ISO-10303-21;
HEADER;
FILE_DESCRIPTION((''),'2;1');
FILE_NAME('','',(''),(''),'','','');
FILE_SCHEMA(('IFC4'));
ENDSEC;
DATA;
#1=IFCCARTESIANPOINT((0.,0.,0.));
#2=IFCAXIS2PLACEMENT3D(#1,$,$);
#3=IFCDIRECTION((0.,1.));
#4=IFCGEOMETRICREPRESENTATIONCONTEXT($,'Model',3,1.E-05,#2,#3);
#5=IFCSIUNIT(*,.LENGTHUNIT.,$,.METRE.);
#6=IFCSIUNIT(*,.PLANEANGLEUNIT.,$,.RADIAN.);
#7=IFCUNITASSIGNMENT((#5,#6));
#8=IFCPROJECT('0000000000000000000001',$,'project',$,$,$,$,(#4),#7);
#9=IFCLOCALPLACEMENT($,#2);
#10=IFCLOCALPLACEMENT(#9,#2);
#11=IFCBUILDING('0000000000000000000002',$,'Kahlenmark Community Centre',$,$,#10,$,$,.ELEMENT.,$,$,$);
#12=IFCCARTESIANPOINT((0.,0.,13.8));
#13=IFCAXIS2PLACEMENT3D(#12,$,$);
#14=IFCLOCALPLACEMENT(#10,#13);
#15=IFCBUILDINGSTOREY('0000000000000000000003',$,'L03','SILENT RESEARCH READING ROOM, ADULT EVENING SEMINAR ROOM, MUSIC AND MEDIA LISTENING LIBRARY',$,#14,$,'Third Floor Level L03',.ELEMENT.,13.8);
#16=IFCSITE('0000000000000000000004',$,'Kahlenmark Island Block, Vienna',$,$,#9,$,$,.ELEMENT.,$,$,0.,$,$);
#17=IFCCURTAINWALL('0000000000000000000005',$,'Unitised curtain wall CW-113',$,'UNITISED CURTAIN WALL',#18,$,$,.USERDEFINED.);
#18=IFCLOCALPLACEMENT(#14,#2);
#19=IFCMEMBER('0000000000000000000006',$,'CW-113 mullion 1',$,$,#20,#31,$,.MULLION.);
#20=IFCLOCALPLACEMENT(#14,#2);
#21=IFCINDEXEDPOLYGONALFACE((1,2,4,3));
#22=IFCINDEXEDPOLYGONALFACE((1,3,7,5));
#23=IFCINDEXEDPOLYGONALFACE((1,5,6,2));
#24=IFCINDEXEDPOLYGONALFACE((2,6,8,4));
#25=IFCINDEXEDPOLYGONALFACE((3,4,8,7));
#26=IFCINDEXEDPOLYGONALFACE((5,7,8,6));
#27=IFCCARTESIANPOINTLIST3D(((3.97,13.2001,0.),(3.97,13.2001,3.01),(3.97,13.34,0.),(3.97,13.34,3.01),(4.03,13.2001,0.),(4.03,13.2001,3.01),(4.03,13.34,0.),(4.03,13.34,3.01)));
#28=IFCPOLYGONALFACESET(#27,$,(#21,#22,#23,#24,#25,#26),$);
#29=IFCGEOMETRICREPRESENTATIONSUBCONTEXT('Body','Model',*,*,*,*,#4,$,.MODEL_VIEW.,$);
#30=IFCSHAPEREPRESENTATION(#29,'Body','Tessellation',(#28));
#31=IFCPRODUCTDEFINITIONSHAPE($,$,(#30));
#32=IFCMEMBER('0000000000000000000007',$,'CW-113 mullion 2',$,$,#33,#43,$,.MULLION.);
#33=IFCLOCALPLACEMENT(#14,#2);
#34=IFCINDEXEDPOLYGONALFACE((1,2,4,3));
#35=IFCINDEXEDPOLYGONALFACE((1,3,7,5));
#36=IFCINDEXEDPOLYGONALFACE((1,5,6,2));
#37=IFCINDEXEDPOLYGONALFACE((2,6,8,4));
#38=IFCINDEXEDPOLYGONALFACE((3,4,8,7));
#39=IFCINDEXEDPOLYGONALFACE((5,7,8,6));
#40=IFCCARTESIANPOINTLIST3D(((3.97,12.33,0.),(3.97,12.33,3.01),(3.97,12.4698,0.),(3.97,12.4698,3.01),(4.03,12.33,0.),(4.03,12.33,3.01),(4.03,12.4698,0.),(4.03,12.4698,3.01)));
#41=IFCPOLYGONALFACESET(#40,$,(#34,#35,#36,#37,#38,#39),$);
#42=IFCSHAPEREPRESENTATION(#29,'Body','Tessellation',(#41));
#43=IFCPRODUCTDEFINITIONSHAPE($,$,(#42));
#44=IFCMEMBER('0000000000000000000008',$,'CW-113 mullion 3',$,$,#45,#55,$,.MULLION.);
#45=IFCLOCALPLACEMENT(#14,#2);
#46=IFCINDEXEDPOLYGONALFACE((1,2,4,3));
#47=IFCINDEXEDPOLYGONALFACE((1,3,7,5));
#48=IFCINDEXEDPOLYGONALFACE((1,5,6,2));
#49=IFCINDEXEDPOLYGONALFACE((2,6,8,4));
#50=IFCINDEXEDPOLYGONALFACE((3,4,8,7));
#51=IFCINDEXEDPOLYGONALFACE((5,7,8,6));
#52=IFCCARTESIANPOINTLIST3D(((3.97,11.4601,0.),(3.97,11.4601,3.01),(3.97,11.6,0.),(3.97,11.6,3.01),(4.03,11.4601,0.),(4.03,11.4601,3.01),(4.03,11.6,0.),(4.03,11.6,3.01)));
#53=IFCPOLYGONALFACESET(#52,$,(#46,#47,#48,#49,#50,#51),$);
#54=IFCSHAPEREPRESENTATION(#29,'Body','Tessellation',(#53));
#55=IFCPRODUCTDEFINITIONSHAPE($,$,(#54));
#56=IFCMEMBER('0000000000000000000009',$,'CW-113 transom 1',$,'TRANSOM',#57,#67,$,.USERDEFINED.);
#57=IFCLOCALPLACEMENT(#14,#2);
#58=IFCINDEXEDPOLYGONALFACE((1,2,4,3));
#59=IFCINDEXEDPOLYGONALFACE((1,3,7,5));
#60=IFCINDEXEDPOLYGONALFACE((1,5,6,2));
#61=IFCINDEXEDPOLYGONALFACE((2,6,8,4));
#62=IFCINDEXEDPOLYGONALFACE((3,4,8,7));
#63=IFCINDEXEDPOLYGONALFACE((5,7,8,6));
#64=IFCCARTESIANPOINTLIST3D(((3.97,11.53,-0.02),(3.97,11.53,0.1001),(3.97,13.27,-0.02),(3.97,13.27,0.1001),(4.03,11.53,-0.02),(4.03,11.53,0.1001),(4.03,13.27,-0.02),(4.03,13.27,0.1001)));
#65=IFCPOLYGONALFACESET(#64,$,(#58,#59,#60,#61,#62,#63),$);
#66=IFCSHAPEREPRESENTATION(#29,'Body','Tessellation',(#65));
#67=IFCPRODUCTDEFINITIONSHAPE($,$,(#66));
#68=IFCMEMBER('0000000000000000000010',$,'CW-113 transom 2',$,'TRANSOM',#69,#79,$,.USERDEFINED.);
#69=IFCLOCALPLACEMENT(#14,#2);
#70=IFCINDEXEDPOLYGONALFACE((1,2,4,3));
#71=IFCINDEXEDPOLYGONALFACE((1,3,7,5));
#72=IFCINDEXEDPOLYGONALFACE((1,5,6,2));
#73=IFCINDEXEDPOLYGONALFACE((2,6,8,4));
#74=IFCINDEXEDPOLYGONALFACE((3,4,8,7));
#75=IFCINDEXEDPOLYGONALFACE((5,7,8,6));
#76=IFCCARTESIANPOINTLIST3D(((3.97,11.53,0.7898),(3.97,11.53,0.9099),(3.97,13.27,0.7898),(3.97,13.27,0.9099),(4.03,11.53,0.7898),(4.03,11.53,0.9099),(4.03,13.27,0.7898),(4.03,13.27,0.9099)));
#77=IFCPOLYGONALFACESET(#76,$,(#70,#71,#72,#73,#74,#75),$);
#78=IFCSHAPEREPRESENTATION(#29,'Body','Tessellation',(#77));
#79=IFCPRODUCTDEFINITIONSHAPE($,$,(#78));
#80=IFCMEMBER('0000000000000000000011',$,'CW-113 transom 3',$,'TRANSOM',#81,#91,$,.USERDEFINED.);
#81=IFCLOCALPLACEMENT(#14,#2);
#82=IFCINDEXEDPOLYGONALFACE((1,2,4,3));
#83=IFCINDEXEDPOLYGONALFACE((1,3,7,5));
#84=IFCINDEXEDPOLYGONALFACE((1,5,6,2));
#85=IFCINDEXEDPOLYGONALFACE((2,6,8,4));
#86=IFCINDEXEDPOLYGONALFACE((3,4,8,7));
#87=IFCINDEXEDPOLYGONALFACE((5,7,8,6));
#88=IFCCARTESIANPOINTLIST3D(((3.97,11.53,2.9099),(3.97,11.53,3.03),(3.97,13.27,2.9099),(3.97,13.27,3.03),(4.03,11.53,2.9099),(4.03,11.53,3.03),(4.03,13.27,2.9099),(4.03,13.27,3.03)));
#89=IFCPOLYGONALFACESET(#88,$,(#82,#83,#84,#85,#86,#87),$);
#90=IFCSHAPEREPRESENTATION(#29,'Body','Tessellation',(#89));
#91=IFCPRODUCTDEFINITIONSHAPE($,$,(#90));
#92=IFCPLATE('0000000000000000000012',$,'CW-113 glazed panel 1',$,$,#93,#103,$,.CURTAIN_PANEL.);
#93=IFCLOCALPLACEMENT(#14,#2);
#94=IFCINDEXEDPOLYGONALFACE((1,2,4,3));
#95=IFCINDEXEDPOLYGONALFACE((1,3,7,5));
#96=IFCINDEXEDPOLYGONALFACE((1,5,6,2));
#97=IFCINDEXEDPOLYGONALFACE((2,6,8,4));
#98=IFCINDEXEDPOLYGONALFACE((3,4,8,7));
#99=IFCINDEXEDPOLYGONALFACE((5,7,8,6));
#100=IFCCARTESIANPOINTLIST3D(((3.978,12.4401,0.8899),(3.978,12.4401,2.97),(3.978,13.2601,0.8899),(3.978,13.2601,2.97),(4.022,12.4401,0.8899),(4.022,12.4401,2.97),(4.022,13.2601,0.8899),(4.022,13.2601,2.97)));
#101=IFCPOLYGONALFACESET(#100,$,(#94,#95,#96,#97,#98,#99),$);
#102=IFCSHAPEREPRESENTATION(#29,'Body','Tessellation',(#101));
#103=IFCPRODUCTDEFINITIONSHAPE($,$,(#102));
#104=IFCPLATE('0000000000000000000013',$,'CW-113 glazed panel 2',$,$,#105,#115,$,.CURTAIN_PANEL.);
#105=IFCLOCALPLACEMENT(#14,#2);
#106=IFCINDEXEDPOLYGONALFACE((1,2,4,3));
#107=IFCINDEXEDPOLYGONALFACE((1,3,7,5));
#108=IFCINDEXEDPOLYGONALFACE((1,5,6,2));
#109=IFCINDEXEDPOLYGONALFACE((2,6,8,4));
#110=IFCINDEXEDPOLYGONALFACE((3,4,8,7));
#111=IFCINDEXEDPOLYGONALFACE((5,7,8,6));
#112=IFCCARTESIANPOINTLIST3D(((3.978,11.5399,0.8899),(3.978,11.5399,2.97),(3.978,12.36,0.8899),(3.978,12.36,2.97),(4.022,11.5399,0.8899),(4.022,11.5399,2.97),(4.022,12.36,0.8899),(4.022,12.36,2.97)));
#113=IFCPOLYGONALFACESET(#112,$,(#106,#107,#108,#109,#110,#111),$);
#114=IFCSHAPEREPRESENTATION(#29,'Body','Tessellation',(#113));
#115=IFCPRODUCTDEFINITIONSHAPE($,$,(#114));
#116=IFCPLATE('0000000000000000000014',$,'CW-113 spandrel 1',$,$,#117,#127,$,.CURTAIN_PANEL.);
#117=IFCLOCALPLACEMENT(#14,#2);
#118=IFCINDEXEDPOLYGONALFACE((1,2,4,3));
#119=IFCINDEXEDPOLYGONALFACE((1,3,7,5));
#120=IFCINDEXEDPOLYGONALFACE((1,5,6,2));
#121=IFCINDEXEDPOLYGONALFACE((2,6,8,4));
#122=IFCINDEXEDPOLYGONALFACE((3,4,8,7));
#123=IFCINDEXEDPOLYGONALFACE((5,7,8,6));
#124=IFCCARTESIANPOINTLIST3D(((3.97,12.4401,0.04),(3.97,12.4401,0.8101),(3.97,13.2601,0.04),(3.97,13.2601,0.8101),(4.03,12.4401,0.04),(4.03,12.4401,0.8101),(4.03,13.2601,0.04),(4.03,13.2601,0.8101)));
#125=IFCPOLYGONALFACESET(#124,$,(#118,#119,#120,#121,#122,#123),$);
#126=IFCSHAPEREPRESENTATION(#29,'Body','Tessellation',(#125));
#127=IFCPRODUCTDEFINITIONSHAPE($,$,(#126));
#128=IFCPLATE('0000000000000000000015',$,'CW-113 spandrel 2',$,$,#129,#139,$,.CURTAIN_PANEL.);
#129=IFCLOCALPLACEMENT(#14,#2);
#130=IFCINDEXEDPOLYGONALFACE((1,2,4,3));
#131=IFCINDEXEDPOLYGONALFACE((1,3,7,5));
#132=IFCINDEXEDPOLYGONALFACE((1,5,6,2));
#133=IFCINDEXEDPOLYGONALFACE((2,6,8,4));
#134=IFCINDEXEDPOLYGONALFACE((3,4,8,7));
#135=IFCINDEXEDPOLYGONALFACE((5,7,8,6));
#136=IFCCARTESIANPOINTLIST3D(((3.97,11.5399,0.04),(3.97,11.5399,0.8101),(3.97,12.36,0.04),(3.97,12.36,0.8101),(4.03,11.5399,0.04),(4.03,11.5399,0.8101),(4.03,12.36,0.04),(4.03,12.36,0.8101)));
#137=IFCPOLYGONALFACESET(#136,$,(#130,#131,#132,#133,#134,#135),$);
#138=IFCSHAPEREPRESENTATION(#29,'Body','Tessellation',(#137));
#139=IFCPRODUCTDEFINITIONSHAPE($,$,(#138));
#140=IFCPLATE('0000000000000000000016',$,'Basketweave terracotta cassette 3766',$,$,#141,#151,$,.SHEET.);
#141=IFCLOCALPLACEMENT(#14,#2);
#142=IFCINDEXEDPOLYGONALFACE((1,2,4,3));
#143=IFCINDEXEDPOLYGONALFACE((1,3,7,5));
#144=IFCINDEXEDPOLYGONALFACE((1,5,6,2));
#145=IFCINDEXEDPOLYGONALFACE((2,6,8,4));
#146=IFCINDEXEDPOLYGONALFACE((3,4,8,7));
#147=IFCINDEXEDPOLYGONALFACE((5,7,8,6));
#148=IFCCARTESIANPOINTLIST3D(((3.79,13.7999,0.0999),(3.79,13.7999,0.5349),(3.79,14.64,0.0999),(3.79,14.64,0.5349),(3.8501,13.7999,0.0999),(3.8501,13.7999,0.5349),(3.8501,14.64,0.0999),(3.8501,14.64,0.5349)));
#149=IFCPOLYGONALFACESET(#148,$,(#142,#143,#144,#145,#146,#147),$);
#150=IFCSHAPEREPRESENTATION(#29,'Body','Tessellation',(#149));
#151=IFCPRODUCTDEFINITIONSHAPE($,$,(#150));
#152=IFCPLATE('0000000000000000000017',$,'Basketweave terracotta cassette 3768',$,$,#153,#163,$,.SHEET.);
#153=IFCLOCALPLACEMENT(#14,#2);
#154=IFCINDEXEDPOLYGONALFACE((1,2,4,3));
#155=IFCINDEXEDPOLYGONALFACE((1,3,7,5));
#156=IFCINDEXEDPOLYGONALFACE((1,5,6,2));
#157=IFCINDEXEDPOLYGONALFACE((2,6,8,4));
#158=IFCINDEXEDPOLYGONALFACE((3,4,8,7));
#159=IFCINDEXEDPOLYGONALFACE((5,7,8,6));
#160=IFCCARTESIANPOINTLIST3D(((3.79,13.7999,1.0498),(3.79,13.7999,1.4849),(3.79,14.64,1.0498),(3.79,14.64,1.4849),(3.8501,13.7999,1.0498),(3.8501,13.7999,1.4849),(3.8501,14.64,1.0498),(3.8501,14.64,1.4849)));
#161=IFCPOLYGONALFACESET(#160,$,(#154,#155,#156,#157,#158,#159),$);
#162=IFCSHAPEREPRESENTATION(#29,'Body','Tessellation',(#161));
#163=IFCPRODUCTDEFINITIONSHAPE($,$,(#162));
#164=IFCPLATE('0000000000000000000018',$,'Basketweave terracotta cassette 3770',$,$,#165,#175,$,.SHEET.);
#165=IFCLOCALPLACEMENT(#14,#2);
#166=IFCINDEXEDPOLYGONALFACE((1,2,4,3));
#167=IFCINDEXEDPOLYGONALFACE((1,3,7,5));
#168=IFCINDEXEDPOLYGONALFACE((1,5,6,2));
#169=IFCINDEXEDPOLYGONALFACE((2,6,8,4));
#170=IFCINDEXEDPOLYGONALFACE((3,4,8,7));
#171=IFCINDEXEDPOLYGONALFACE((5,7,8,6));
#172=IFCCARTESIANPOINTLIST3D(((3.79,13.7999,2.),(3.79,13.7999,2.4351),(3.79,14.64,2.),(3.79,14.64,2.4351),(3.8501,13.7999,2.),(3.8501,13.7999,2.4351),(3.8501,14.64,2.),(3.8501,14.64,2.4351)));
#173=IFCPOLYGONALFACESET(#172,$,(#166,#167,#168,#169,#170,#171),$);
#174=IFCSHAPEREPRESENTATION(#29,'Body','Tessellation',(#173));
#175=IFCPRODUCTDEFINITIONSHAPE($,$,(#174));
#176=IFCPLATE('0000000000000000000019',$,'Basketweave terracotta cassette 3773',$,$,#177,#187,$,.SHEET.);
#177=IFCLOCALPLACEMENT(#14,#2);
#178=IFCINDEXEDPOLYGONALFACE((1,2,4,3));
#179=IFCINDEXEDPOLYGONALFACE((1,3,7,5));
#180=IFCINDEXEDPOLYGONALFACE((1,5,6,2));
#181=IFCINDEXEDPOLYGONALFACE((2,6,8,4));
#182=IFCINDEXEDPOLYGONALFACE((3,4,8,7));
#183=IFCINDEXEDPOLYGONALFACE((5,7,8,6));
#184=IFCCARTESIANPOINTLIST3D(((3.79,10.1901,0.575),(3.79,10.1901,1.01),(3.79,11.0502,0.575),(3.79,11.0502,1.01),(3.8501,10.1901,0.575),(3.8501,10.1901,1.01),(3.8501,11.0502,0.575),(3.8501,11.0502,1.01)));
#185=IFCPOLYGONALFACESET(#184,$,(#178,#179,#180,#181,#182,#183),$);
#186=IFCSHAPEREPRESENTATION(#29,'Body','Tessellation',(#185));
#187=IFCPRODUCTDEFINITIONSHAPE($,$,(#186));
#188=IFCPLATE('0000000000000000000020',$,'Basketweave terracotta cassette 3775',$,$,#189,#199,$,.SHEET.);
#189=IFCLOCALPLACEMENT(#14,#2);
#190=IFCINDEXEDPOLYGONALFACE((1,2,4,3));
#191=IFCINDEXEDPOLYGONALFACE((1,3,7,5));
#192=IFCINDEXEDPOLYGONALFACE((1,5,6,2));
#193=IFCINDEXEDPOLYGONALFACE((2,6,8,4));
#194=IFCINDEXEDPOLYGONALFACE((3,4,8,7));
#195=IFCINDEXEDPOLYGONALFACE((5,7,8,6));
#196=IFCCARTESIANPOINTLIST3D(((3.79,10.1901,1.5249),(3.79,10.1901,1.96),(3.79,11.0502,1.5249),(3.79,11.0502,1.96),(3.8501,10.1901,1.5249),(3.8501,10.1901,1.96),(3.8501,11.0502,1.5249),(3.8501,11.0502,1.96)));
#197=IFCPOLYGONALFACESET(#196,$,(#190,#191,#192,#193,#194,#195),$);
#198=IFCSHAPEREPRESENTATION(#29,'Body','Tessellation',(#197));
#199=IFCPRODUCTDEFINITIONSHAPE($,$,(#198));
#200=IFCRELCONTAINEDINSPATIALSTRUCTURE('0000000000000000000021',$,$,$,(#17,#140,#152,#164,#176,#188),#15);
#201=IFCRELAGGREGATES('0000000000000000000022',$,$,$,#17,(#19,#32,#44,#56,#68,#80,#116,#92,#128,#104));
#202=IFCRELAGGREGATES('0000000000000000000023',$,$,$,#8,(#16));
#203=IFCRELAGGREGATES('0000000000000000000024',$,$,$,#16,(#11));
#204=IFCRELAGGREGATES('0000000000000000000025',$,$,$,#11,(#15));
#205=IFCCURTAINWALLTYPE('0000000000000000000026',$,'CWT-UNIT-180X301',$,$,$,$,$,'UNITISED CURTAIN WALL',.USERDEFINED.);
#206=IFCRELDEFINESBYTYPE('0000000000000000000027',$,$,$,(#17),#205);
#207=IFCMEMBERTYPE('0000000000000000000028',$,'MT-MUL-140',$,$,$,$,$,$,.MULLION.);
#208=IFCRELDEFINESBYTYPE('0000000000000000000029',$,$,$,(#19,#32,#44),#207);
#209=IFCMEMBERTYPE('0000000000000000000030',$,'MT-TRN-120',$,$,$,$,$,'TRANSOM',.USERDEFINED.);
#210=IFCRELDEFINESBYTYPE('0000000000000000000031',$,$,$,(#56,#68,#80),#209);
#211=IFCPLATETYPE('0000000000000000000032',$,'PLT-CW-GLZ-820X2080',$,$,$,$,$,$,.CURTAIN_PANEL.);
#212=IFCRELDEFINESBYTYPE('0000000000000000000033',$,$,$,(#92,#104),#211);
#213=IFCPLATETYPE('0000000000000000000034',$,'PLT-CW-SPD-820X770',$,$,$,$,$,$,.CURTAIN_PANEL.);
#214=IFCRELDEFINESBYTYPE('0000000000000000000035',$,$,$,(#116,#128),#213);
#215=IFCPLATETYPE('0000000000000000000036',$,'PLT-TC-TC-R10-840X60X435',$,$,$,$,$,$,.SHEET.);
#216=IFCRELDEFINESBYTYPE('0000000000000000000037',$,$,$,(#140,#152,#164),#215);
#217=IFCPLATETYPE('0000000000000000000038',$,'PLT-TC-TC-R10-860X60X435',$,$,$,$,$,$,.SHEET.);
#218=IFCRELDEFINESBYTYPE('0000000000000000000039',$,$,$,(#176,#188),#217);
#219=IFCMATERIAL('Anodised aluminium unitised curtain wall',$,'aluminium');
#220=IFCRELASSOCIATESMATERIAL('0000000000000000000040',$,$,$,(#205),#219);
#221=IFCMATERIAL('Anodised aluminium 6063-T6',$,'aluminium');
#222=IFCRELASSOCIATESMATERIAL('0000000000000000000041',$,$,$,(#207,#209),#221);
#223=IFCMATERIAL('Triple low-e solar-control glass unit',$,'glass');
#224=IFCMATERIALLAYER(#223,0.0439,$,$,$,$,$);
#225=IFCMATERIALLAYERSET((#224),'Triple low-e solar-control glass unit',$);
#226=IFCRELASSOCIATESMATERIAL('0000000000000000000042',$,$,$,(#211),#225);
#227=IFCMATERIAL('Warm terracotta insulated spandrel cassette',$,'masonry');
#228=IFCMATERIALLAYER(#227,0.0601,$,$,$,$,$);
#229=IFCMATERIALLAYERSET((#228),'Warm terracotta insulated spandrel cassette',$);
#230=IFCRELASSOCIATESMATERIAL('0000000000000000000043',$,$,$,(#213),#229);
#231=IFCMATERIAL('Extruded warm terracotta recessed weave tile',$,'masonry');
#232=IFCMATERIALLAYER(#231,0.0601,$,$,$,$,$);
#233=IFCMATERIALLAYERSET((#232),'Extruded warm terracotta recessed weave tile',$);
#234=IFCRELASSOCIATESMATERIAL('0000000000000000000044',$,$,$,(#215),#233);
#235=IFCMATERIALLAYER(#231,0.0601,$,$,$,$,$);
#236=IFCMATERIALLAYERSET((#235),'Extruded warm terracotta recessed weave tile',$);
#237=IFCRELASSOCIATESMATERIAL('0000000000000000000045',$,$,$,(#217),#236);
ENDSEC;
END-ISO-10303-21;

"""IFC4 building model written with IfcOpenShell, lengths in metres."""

from ifc_helpers import new_model, si_unit, direction, frame, origin, origin_2d, place, context, subcontext, project, spatial, rectangle, extrude, material, layer, layer_set, material_profile, profile_set, type_object, element, aggregate, save


model = new_model("IFC4")

# Units and contexts
model_context = context("Model", 3, precision=1e-05, world=origin(), true_north=direction((0.0, 1.0)))
body_context = subcontext(model_context, "Body", "Model", "MODEL_VIEW")
ifc_project = project(units=[si_unit("LENGTHUNIT", "METRE"), si_unit("PLANEANGLEUNIT", "RADIAN")], contexts=[model_context])

# Site, building, storey
site_placement = place(None, origin())
site = spatial("IfcSite", under=ifc_project, at=site_placement, Name="Kahlenmark Island Block, Vienna", CompositionType="ELEMENT", RefElevation=0.0)
building_placement = place(site_placement, origin())
building = spatial("IfcBuilding", under=site, at=building_placement, Name="Kahlenmark Community Centre", CompositionType="ELEMENT")
storey_placement = place(building_placement, frame((0.0, 0.0, 13.8)))
storey = spatial("IfcBuildingStorey", under=building, at=storey_placement, Name="L03", Description="SILENT RESEARCH READING ROOM, ADULT EVENING SEMINAR ROOM, MUSIC AND MEDIA LISTENING LIBRARY", LongName="Third Floor Level L03", CompositionType="ELEMENT", Elevation=13.8)

# Curtain wall, members, plates
ifc_material_1 = material(Name="Anodised aluminium unitised curtain wall", Category="aluminium")
curtain_wall_type = type_object("IfcCurtainWallType", Name="CWT-UNIT-180X301", ElementType="UNITISED CURTAIN WALL", PredefinedType="USERDEFINED", material=ifc_material_1)
curtain_wall_placement = place(storey_placement, origin())
curtain_wall = element("IfcCurtainWall", 1, at=curtain_wall_placement, inside=storey, type_object=curtain_wall_type, Name="Unitised curtain wall CW-113", ObjectType="UNITISED CURTAIN WALL", PredefinedType="USERDEFINED")
ifc_material_2 = material(Name="Anodised aluminium 6063-T6", Category="aluminium")
ifc_material_profile_1 = material_profile(ifc_material_2, rectangle(XDim=0.0601, YDim=0.1399, at=origin_2d()), Name="ALU MULLION 60x140")
ifc_profile_set_1 = profile_set([ifc_material_profile_1], Name="Anodised aluminium 6063-T6")
member_type_1 = type_object("IfcMemberType", Name="MT-MUL-140", PredefinedType="MULLION", material=ifc_profile_set_1)
member_1_placement = place(storey_placement, frame((4.0, 13.27, 0.0), z_axis=(0.0, 0.0, 1.0), x_axis=(1.0, 0.0, 0.0)))
member_1 = element("IfcMember", 2, at=member_1_placement, type_object=member_type_1, Name="CW-113 mullion 1", PredefinedType="MULLION", context=body_context, shape_type="SweptSolid", body=[
    extrude(rectangle(XDim=0.0601, YDim=0.1399, at=origin_2d()), origin(), (0.0, 0.0, 1.0), 3.01),
])
member_2_placement = place(storey_placement, frame((4.0, 12.3999, 0.0), z_axis=(0.0, 0.0, 1.0), x_axis=(1.0, 0.0, 0.0)))
member_2 = element("IfcMember", 3, at=member_2_placement, type_object=member_type_1, Name="CW-113 mullion 2", PredefinedType="MULLION", context=body_context, shape_type="SweptSolid", body=[
    extrude(rectangle(XDim=0.0601, YDim=0.1399, at=origin_2d()), origin(), (0.0, 0.0, 1.0), 3.01),
])
member_3_placement = place(storey_placement, frame((4.0, 11.53, 0.0), z_axis=(0.0, 0.0, 1.0), x_axis=(1.0, 0.0, 0.0)))
member_3 = element("IfcMember", 4, at=member_3_placement, type_object=member_type_1, Name="CW-113 mullion 3", PredefinedType="MULLION", context=body_context, shape_type="SweptSolid", body=[
    extrude(rectangle(XDim=0.0601, YDim=0.1399, at=origin_2d()), origin(), (0.0, 0.0, 1.0), 3.01),
])
ifc_material_profile_2 = material_profile(ifc_material_2, rectangle(XDim=0.0601, YDim=0.1201, at=origin_2d()), Name="ALU TRANSOM 60x120")
ifc_profile_set_2 = profile_set([ifc_material_profile_2], Name="Anodised aluminium 6063-T6")
member_type_2 = type_object("IfcMemberType", Name="MT-TRN-120", ElementType="TRANSOM", PredefinedType="USERDEFINED", material=ifc_profile_set_2)
member_4_placement = place(storey_placement, frame((4.0, 13.27, 0.04), z_axis=(0.0, -1.0, 0.0), x_axis=(1.0, 0.0, 0.0)))
member_4 = element("IfcMember", 5, at=member_4_placement, type_object=member_type_2, Name="CW-113 transom 1", ObjectType="TRANSOM", PredefinedType="USERDEFINED", context=body_context, shape_type="SweptSolid", body=[
    extrude(rectangle(XDim=0.0601, YDim=0.1201, at=origin_2d()), origin(), (0.0, 0.0, 1.0), 1.74),
])
member_5_placement = place(storey_placement, frame((4.0, 13.27, 0.8499), z_axis=(0.0, -1.0, 0.0), x_axis=(1.0, 0.0, 0.0)))
member_5 = element("IfcMember", 6, at=member_5_placement, type_object=member_type_2, Name="CW-113 transom 2", ObjectType="TRANSOM", PredefinedType="USERDEFINED", context=body_context, shape_type="SweptSolid", body=[
    extrude(rectangle(XDim=0.0601, YDim=0.1201, at=origin_2d()), origin(), (0.0, 0.0, 1.0), 1.74),
])
member_6_placement = place(storey_placement, frame((4.0, 13.27, 2.97), z_axis=(0.0, -1.0, 0.0), x_axis=(1.0, 0.0, 0.0)))
member_6 = element("IfcMember", 7, at=member_6_placement, type_object=member_type_2, Name="CW-113 transom 3", ObjectType="TRANSOM", PredefinedType="USERDEFINED", context=body_context, shape_type="SweptSolid", body=[
    extrude(rectangle(XDim=0.0601, YDim=0.1201, at=origin_2d()), origin(), (0.0, 0.0, 1.0), 1.74),
])
ifc_material_3 = material(Name="Triple low-e solar-control glass unit", Category="glass")
ifc_layer_1 = layer(ifc_material_3, 0.0439)
ifc_layer_set_1 = layer_set([ifc_layer_1], Name="Triple low-e solar-control glass unit")
plate_type_1 = type_object("IfcPlateType", Name="PLT-CW-GLZ-820X2080", PredefinedType="CURTAIN_PANEL", material=ifc_layer_set_1)
plate_1_placement = place(storey_placement, frame((4.0, 12.8501, 0.8899), z_axis=(0.0, 0.0, 1.0), x_axis=(0.0, -1.0, 0.0)))
plate_1 = element("IfcPlate", 8, at=plate_1_placement, type_object=plate_type_1, Name="CW-113 glazed panel 1", PredefinedType="CURTAIN_PANEL", context=body_context, shape_type="SweptSolid", body=[
    extrude(rectangle(XDim=0.8201, YDim=0.0439, at=origin_2d()), origin(), (0.0, 0.0, 1.0), 2.0801),
])
plate_2_placement = place(storey_placement, frame((4.0, 11.95, 0.8899), z_axis=(0.0, 0.0, 1.0), x_axis=(0.0, -1.0, 0.0)))
plate_2 = element("IfcPlate", 9, at=plate_2_placement, type_object=plate_type_1, Name="CW-113 glazed panel 2", PredefinedType="CURTAIN_PANEL", context=body_context, shape_type="SweptSolid", body=[
    extrude(rectangle(XDim=0.8201, YDim=0.0439, at=origin_2d()), origin(), (0.0, 0.0, 1.0), 2.0801),
])
ifc_material_4 = material(Name="Warm terracotta insulated spandrel cassette", Category="masonry")
ifc_layer_2 = layer(ifc_material_4, 0.0601)
ifc_layer_set_2 = layer_set([ifc_layer_2], Name="Warm terracotta insulated spandrel cassette")
plate_type_2 = type_object("IfcPlateType", Name="PLT-CW-SPD-820X770", PredefinedType="CURTAIN_PANEL", material=ifc_layer_set_2)
plate_3_placement = place(storey_placement, frame((4.0, 12.8501, 0.04), z_axis=(0.0, 0.0, 1.0), x_axis=(0.0, -1.0, 0.0)))
plate_3 = element("IfcPlate", 10, at=plate_3_placement, type_object=plate_type_2, Name="CW-113 spandrel 1", PredefinedType="CURTAIN_PANEL", context=body_context, shape_type="SweptSolid", body=[
    extrude(rectangle(XDim=0.8201, YDim=0.0601, at=origin_2d()), origin(), (0.0, 0.0, 1.0), 0.77),
])
plate_4_placement = place(storey_placement, frame((4.0, 11.95, 0.04), z_axis=(0.0, 0.0, 1.0), x_axis=(0.0, -1.0, 0.0)))
plate_4 = element("IfcPlate", 11, at=plate_4_placement, type_object=plate_type_2, Name="CW-113 spandrel 2", PredefinedType="CURTAIN_PANEL", context=body_context, shape_type="SweptSolid", body=[
    extrude(rectangle(XDim=0.8201, YDim=0.0601, at=origin_2d()), origin(), (0.0, 0.0, 1.0), 0.77),
])
aggregate(curtain_wall, [member_1, member_2, member_3, member_4, member_5, member_6, plate_3, plate_1, plate_4, plate_2])

# Plates
ifc_material_5 = material(Name="Extruded warm terracotta recessed weave tile", Category="masonry")
ifc_layer_3 = layer(ifc_material_5, 0.0601)
ifc_layer_set_3 = layer_set([ifc_layer_3], Name="Extruded warm terracotta recessed weave tile")
plate_type_3 = type_object("IfcPlateType", Name="PLT-TC-TC-R10-840X60X435", PredefinedType="SHEET", material=ifc_layer_set_3)
for number, where, z_axis, x_axis, name in (
    (12, (3.8201, 14.22, 0.0999), (0.0, 0.0, 1.0), (0.0, -1.0, 0.0), "Basketweave terracotta cassette 3766"),
    (13, (3.8201, 14.22, 1.0498), (0.0, 0.0, 1.0), (0.0, -1.0, 0.0), "Basketweave terracotta cassette 3768"),
    (14, (3.8201, 14.22, 2.0), (0.0, 0.0, 1.0), (0.0, -1.0, 0.0), "Basketweave terracotta cassette 3770"),
):
    element("IfcPlate", number, at=place(storey_placement, frame(where, z_axis=z_axis, x_axis=x_axis)), inside=storey, type_object=plate_type_3, Name=name, PredefinedType="SHEET", context=body_context, shape_type="SweptSolid", body=[
        extrude(rectangle(XDim=0.8401, YDim=0.0601, at=origin_2d()), origin(), (0.0, 0.0, 1.0), 0.4351),
    ])
ifc_layer_4 = layer(ifc_material_5, 0.0601)
ifc_layer_set_4 = layer_set([ifc_layer_4], Name="Extruded warm terracotta recessed weave tile")
plate_type_4 = type_object("IfcPlateType", Name="PLT-TC-TC-R10-860X60X435", PredefinedType="SHEET", material=ifc_layer_set_4)
for number, where, z_axis, x_axis, name in (
    (15, (3.8201, 10.6201, 0.575), (0.0, 0.0, 1.0), (0.0, -1.0, 0.0), "Basketweave terracotta cassette 3773"),
    (16, (3.8201, 10.6201, 1.5249), (0.0, 0.0, 1.0), (0.0, -1.0, 0.0), "Basketweave terracotta cassette 3775"),
):
    element("IfcPlate", number, at=place(storey_placement, frame(where, z_axis=z_axis, x_axis=x_axis)), inside=storey, type_object=plate_type_4, Name=name, PredefinedType="SHEET", context=body_context, shape_type="SweptSolid", body=[
        extrude(rectangle(XDim=0.8601, YDim=0.0601, at=origin_2d()), origin(), (0.0, 0.0, 1.0), 0.4351),
    ])

save(model, "model.ifc")
